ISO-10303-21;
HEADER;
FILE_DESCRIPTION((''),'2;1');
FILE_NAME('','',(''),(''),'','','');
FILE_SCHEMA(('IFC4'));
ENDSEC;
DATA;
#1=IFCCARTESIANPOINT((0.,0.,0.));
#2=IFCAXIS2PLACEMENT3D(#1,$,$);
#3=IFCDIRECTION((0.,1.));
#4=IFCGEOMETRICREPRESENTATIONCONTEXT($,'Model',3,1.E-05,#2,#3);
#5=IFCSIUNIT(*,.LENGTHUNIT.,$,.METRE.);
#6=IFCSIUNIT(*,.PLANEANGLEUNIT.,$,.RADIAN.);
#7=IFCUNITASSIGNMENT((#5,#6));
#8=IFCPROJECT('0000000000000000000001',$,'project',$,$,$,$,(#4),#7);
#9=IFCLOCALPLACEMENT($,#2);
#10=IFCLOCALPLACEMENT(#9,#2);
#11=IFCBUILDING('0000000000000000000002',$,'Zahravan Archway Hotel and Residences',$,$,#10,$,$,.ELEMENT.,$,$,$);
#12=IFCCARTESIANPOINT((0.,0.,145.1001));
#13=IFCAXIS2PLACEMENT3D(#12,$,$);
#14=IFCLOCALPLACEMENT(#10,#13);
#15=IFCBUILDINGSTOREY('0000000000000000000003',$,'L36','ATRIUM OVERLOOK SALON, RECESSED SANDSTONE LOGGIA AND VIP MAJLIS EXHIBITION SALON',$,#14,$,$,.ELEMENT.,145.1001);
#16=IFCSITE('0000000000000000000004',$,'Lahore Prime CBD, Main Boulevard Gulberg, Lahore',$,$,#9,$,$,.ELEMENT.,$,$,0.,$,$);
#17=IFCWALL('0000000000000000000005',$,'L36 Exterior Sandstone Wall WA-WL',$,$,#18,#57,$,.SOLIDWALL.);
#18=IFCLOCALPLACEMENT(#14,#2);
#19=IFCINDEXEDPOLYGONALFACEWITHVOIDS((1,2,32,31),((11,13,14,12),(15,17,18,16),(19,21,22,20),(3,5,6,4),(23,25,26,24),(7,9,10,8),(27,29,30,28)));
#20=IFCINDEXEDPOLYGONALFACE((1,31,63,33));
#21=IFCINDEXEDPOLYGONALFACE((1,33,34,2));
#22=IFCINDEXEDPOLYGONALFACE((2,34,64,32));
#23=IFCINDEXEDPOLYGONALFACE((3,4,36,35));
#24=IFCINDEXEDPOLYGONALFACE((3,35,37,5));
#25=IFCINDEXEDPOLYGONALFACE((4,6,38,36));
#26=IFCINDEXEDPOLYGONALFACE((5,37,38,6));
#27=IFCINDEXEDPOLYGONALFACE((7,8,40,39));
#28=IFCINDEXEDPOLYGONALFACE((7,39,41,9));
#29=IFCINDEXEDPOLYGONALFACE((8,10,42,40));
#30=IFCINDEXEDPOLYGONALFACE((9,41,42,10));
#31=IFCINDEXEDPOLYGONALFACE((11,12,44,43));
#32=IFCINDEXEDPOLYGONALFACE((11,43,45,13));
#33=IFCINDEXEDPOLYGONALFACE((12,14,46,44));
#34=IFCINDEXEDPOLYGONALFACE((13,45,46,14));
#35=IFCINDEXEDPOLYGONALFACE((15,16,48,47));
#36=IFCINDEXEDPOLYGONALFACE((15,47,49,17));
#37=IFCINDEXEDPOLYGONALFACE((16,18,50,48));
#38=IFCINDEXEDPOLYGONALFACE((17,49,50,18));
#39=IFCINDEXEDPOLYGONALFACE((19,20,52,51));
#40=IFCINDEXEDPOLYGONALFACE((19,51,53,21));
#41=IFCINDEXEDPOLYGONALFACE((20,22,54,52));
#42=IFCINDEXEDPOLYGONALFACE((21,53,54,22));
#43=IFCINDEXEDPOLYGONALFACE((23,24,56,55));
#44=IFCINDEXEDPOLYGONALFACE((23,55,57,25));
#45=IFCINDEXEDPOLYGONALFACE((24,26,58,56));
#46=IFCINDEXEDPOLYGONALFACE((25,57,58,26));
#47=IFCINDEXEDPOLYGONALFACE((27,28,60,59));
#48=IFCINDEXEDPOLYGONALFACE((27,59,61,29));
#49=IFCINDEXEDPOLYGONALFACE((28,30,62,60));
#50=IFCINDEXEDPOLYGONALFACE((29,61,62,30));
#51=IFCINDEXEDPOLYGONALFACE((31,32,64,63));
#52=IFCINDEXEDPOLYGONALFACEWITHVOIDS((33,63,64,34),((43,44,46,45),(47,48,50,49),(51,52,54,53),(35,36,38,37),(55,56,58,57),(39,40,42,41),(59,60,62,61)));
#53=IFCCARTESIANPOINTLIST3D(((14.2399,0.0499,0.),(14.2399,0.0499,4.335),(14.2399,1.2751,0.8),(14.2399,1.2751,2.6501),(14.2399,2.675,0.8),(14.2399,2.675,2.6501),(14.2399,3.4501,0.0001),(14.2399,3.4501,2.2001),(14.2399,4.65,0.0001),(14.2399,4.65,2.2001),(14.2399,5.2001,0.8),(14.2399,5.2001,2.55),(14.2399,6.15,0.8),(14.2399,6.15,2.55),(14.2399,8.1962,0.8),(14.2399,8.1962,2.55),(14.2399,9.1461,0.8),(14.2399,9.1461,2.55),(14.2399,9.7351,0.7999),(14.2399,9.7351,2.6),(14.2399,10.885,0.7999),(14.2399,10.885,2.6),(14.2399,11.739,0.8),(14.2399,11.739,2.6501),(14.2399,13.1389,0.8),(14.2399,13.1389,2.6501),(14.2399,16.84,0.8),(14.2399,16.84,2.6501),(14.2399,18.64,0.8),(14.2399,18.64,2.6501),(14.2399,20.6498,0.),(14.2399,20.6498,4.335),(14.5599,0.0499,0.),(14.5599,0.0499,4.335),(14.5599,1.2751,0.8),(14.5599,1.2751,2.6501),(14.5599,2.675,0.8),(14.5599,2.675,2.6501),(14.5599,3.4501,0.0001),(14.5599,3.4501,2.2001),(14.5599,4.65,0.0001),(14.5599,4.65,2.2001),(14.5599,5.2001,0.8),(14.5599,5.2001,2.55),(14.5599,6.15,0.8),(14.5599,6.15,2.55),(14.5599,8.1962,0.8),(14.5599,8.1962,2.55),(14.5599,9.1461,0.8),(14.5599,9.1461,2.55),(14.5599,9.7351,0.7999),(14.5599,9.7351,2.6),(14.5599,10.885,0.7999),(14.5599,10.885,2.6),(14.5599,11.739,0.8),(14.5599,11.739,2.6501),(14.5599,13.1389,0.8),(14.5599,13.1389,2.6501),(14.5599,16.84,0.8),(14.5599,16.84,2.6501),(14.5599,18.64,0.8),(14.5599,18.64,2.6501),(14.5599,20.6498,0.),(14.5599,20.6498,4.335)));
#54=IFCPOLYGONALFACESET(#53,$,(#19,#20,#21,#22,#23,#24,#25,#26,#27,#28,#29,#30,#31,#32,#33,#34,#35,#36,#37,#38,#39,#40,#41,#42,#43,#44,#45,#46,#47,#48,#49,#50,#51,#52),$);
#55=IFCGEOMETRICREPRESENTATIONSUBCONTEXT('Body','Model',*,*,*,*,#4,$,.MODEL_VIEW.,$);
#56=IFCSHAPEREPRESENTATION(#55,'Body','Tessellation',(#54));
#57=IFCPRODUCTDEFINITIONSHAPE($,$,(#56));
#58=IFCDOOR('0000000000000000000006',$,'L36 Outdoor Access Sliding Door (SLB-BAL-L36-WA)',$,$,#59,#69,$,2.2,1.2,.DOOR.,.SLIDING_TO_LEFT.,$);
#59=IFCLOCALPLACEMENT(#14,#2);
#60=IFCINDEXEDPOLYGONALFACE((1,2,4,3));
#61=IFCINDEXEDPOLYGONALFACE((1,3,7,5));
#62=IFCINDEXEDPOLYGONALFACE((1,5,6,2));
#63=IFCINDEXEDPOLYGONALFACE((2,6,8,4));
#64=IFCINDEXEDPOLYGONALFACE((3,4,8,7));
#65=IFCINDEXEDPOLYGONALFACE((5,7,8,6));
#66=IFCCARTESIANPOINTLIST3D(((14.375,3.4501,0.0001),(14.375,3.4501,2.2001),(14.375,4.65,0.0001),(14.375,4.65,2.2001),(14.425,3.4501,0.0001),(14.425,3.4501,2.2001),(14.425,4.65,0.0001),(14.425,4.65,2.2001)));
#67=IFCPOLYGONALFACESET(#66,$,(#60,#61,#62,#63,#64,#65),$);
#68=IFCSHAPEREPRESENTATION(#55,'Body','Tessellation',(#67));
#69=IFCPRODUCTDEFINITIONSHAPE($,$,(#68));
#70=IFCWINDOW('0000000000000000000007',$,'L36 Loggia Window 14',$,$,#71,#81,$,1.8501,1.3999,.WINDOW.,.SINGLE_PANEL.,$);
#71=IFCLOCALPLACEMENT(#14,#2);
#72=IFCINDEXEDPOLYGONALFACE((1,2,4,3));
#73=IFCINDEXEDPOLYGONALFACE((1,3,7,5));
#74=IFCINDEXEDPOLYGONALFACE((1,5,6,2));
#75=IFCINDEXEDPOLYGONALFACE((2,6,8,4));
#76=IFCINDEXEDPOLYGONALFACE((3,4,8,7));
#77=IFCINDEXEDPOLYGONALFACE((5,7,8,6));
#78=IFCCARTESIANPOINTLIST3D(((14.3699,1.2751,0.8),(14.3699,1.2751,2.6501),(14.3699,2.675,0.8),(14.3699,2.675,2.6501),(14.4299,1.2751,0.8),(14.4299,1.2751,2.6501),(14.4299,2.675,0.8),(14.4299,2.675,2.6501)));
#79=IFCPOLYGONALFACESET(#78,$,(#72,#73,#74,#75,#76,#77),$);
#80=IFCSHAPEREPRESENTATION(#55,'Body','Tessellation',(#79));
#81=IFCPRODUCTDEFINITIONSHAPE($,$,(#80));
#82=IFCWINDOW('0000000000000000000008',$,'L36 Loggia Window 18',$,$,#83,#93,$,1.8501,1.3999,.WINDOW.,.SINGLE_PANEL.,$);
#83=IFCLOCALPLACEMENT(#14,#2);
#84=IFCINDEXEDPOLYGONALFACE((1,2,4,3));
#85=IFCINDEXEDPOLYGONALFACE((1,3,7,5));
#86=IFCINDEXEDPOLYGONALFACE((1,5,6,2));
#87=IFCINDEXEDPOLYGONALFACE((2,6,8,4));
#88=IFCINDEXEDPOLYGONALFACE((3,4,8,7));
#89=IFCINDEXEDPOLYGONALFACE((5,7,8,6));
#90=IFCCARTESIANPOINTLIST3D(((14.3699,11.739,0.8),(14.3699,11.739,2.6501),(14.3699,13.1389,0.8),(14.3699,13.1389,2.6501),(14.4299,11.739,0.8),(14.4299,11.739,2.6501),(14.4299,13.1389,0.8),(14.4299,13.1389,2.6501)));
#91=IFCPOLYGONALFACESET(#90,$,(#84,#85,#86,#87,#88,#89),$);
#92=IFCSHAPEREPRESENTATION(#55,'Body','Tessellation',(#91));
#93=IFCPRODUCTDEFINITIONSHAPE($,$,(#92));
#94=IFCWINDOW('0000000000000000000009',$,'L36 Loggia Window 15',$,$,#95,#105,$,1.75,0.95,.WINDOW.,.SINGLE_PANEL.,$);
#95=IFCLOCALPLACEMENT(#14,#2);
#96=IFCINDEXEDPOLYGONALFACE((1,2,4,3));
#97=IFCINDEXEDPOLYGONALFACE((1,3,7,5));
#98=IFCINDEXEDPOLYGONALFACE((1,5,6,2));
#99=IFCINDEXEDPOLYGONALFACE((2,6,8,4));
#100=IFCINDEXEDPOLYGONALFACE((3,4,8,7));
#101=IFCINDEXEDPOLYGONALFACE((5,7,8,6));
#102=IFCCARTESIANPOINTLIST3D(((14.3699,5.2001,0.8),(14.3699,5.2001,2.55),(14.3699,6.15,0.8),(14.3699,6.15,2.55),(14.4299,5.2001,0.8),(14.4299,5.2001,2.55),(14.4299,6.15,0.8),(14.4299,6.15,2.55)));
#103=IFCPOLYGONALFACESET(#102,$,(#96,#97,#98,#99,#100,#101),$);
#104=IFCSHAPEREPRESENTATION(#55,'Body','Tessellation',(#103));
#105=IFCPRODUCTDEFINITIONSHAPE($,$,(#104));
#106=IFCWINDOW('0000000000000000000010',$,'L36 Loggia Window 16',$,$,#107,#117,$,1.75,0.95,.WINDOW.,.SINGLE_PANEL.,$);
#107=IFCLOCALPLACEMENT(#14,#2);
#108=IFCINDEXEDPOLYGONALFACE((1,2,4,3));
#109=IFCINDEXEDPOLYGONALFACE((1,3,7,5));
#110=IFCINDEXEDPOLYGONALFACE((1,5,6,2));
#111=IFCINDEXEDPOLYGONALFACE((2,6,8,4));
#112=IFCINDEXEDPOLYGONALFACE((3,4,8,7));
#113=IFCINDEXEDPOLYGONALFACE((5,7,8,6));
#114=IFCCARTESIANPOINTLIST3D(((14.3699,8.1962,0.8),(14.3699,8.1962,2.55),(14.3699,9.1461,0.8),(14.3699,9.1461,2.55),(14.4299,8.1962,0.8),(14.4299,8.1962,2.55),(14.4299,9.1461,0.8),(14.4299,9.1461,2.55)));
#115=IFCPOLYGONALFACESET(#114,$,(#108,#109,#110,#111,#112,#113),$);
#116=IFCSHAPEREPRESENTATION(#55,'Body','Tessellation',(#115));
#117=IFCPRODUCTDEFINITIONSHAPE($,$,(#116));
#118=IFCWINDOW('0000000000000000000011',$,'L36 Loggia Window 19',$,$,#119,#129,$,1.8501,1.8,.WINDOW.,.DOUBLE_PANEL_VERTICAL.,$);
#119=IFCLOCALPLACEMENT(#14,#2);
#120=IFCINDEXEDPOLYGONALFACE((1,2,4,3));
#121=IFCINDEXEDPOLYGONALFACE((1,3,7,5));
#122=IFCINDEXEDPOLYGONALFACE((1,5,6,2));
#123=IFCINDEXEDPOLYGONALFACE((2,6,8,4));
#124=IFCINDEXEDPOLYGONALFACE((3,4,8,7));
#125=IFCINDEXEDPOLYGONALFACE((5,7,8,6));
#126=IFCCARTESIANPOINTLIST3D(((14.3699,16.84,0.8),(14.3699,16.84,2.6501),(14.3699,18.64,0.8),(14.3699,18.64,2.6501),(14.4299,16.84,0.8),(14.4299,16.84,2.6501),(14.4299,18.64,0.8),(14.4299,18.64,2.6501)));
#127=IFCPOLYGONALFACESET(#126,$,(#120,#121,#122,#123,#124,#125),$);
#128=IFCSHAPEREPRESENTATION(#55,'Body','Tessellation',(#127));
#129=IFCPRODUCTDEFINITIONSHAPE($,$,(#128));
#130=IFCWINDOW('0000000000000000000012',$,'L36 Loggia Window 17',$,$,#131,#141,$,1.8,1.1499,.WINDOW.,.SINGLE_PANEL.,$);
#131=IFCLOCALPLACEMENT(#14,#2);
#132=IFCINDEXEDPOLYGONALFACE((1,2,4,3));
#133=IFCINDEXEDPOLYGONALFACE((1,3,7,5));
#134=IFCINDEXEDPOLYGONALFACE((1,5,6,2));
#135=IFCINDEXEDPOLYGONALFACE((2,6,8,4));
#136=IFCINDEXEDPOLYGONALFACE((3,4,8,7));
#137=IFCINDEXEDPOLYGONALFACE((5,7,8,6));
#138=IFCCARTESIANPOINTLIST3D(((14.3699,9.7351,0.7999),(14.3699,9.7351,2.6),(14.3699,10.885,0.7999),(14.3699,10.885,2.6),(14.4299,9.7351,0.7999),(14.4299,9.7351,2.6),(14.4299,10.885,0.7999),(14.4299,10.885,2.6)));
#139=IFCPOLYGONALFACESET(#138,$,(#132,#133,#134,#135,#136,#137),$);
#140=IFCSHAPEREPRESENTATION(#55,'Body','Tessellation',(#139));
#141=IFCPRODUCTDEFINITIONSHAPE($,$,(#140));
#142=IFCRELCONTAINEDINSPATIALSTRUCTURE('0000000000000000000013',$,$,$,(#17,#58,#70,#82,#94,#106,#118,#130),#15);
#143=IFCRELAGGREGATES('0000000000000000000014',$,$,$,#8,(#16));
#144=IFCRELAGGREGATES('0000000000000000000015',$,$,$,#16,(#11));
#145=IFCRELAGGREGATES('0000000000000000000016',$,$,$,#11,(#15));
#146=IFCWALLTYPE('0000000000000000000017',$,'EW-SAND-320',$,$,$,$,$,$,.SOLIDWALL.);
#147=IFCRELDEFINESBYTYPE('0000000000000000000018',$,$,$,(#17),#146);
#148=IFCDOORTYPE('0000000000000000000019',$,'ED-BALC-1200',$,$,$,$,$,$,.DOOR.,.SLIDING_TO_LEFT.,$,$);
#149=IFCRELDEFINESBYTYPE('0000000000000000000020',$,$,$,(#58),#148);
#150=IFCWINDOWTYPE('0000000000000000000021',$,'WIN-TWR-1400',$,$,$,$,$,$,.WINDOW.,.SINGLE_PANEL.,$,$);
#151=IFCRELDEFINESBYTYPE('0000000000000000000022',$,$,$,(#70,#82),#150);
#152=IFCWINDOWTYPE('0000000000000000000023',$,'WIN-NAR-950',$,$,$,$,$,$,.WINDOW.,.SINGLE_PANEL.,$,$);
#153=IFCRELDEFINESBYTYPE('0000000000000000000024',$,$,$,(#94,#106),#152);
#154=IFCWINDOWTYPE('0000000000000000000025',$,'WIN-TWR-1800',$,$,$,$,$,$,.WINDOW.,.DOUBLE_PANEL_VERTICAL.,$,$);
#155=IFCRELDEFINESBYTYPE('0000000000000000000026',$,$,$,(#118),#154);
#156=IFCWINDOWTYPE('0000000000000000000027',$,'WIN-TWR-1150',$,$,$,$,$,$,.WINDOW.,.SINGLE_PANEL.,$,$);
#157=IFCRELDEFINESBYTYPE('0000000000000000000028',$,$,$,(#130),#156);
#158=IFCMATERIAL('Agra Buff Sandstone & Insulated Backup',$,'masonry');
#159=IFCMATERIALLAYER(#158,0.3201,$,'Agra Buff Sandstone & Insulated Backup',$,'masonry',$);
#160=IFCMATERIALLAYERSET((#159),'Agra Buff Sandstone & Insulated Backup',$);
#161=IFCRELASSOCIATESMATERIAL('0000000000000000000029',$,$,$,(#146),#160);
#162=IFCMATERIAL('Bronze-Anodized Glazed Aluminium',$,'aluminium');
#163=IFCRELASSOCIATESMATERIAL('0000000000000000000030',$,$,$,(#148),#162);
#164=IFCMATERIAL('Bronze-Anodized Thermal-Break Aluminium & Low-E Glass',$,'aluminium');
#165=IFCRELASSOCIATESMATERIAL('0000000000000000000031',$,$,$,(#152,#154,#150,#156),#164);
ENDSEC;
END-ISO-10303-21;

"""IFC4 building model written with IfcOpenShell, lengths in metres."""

from ifc_helpers import new_model, si_unit, direction, frame, frame_2d, origin, place, context, subcontext, project, spatial, rectangle, extrude, source, transform, mapped, material, layer, layer_set, type_object, type_shapes, element, fill, save


model = new_model("IFC4")

# Units and contexts
model_context = context("Model", 3, precision=1e-05, world=origin(), true_north=direction((0.0, 1.0)))
body_context = subcontext(model_context, "Body", "Model", "MODEL_VIEW")
ifc_project = project(units=[si_unit("LENGTHUNIT", "METRE"), si_unit("PLANEANGLEUNIT", "RADIAN")], contexts=[model_context])

# Site, building, storey
site_placement = place(None, origin())
site = spatial("IfcSite", under=ifc_project, at=site_placement, Name="Lahore Prime CBD, Main Boulevard Gulberg, Lahore", CompositionType="ELEMENT", RefElevation=0.0)
building_placement = place(site_placement, origin())
building = spatial("IfcBuilding", under=site, at=building_placement, Name="Zahravan Archway Hotel and Residences", CompositionType="ELEMENT")
storey_placement = place(building_placement, frame((0.0, 0.0, 145.1001)))
storey = spatial("IfcBuildingStorey", under=building, at=storey_placement, Name="L36", Description="ATRIUM OVERLOOK SALON, RECESSED SANDSTONE LOGGIA AND VIP MAJLIS EXHIBITION SALON", CompositionType="ELEMENT", Elevation=145.1001)

# Wall, openings, door, windows
ifc_material_1 = material(Name="Agra Buff Sandstone & Insulated Backup", Category="masonry")
ifc_layer = layer(ifc_material_1, 0.3201, Name="Agra Buff Sandstone & Insulated Backup", Category="masonry")
ifc_layer_set = layer_set([ifc_layer], Name="Agra Buff Sandstone & Insulated Backup")
wall_type = type_object("IfcWallType", Name="EW-SAND-320", PredefinedType="SOLIDWALL", material=ifc_layer_set)
ifc_material_2 = material(Name="Bronze-Anodized Glazed Aluminium", Category="aluminium")
door_type = type_object("IfcDoorType", Name="ED-BALC-1200", OperationType="SLIDING_TO_LEFT", PredefinedType="DOOR", material=ifc_material_2)
shared_shape_1 = source(origin(), body_context, "Body", "SweptSolid", [
    extrude(rectangle(XDim=1.2, YDim=2.2, at=frame_2d((0.6001, 1.1001))), frame((0.0, 0.0249, 0.0), z_axis=(0.0, -1.0, 0.0), x_axis=(1.0, 0.0, 0.0)), (0.0, 0.0, 1.0), 0.05),
])
type_shapes(door_type, [shared_shape_1])
ifc_material_3 = material(Name="Bronze-Anodized Thermal-Break Aluminium & Low-E Glass", Category="aluminium")
window_type_1 = type_object("IfcWindowType", Name="WIN-NAR-950", PartitioningType="SINGLE_PANEL", PredefinedType="WINDOW", material=ifc_material_3)
shared_shape_2 = source(origin(), body_context, "Body", "SweptSolid", [
    extrude(rectangle(XDim=0.95, YDim=1.75, at=frame_2d((0.4751, 0.875))), frame((0.0, 0.03, 0.0), z_axis=(0.0, -1.0, 0.0), x_axis=(1.0, 0.0, 0.0)), (0.0, 0.0, 1.0), 0.0601),
])
type_shapes(window_type_1, [shared_shape_2])
window_type_2 = type_object("IfcWindowType", Name="WIN-TWR-1800", PartitioningType="DOUBLE_PANEL_VERTICAL", PredefinedType="WINDOW", material=ifc_material_3)
shared_shape_3 = source(origin(), body_context, "Body", "SweptSolid", [
    extrude(rectangle(XDim=1.8, YDim=1.8501, at=frame_2d((0.8999, 0.925))), frame((0.0, 0.03, 0.0), z_axis=(0.0, -1.0, 0.0), x_axis=(1.0, 0.0, 0.0)), (0.0, 0.0, 1.0), 0.0601),
])
type_shapes(window_type_2, [shared_shape_3])
wall_1_placement = place(storey_placement, frame((14.3999, 0.05, 0.0), z_axis=(0.0, 0.0, 1.0), x_axis=(0.0, 1.0, 0.0)))
wall_1 = element("IfcWall", 1, at=wall_1_placement, inside=storey, type_object=wall_type, Name="L36 Exterior Sandstone Wall WA-WL", PredefinedType="SOLIDWALL", context=body_context, shape_type="SweptSolid", body=[
    extrude(rectangle(XDim=20.5999, YDim=0.3201, at=frame_2d((10.2998, 0.0))), origin(), (0.0, 0.0, 1.0), 4.335),
])
opening_1_placement = place(wall_1_placement, frame((3.3999, 0.0, 0.0)))
opening_1 = element("IfcOpeningElement", 2, at=opening_1_placement, cuts=wall_1, PredefinedType="OPENING", context=body_context, shape_type="SweptSolid", body=[
    extrude(rectangle(XDim=1.2, YDim=2.2, at=frame_2d((0.6001, 1.1001))), frame((0.0, 0.1699, 0.0), z_axis=(0.0, -1.0, 0.0), x_axis=(1.0, 0.0, 0.0)), (0.0, 0.0, 1.0), 0.3401),
])
opening_2_placement = place(wall_1_placement, frame((1.2251, 0.0, 0.8)))
opening_2 = element("IfcOpeningElement", 3, at=opening_2_placement, cuts=wall_1, PredefinedType="OPENING", context=body_context, shape_type="SweptSolid", body=[
    extrude(rectangle(XDim=1.3999, YDim=1.8501, at=frame_2d((0.7, 0.925))), frame((0.0, 0.1699, 0.0), z_axis=(0.0, -1.0, 0.0), x_axis=(1.0, 0.0, 0.0)), (0.0, 0.0, 1.0), 0.3401),
])
opening_3_placement = place(wall_1_placement, frame((5.1499, 0.0, 0.8)))
opening_3 = element("IfcOpeningElement", 4, at=opening_3_placement, cuts=wall_1, PredefinedType="OPENING", context=body_context, shape_type="SweptSolid", body=[
    extrude(rectangle(XDim=0.95, YDim=1.75, at=frame_2d((0.4751, 0.875))), frame((0.0, 0.1699, 0.0), z_axis=(0.0, -1.0, 0.0), x_axis=(1.0, 0.0, 0.0)), (0.0, 0.0, 1.0), 0.3401),
])
opening_4_placement = place(wall_1_placement, frame((8.146, 0.0, 0.8)))
opening_4 = element("IfcOpeningElement", 5, at=opening_4_placement, cuts=wall_1, PredefinedType="OPENING", context=body_context, shape_type="SweptSolid", body=[
    extrude(rectangle(XDim=0.95, YDim=1.75, at=frame_2d((0.4751, 0.875))), frame((0.0, 0.1699, 0.0), z_axis=(0.0, -1.0, 0.0), x_axis=(1.0, 0.0, 0.0)), (0.0, 0.0, 1.0), 0.3401),
])
opening_5_placement = place(wall_1_placement, frame((9.6851, 0.0, 0.8)))
opening_5 = element("IfcOpeningElement", 6, at=opening_5_placement, cuts=wall_1, PredefinedType="OPENING", context=body_context, shape_type="SweptSolid", body=[
    extrude(rectangle(XDim=1.1499, YDim=1.8, at=frame_2d((0.575, 0.8999))), frame((0.0, 0.1699, 0.0), z_axis=(0.0, -1.0, 0.0), x_axis=(1.0, 0.0, 0.0)), (0.0, 0.0, 1.0), 0.3401),
])
opening_6_placement = place(wall_1_placement, frame((11.689, 0.0, 0.8)))
opening_6 = element("IfcOpeningElement", 7, at=opening_6_placement, cuts=wall_1, PredefinedType="OPENING", context=body_context, shape_type="SweptSolid", body=[
    extrude(rectangle(XDim=1.3999, YDim=1.8501, at=frame_2d((0.7, 0.925))), frame((0.0, 0.1699, 0.0), z_axis=(0.0, -1.0, 0.0), x_axis=(1.0, 0.0, 0.0)), (0.0, 0.0, 1.0), 0.3401),
])
opening_7_placement = place(wall_1_placement, frame((16.79, 0.0, 0.8)))
opening_7 = element("IfcOpeningElement", 8, at=opening_7_placement, cuts=wall_1, PredefinedType="OPENING", context=body_context, shape_type="SweptSolid", body=[
    extrude(rectangle(XDim=1.8, YDim=1.8501, at=frame_2d((0.8999, 0.925))), frame((0.0, 0.1699, 0.0), z_axis=(0.0, -1.0, 0.0), x_axis=(1.0, 0.0, 0.0)), (0.0, 0.0, 1.0), 0.3401),
])
door_1_placement = place(opening_1_placement, origin())
door_1 = element("IfcDoor", 9, at=door_1_placement, inside=storey, type_object=door_type, Name="L36 Outdoor Access Sliding Door (SLB-BAL-L36-WA)", OperationType="SLIDING_TO_LEFT", OverallHeight=2.2, OverallWidth=1.2, PredefinedType="DOOR", context=body_context, shape_type="MappedRepresentation", body=[
    mapped(shared_shape_1, transform((0.0, 0.0, 0.0), scale=1.0)),
])
fill(opening_1, door_1)
window_type_3 = type_object("IfcWindowType", Name="WIN-TWR-1400", PartitioningType="SINGLE_PANEL", PredefinedType="WINDOW", material=ifc_material_3)
shared_shape_4 = source(origin(), body_context, "Body", "SweptSolid", [
    extrude(rectangle(XDim=1.3999, YDim=1.8501, at=frame_2d((0.7, 0.925))), frame((0.0, 0.03, 0.0), z_axis=(0.0, -1.0, 0.0), x_axis=(1.0, 0.0, 0.0)), (0.0, 0.0, 1.0), 0.0601),
])
type_shapes(window_type_3, [shared_shape_4])
window_1_placement = place(opening_2_placement, origin())
window_1 = element("IfcWindow", 10, at=window_1_placement, inside=storey, type_object=window_type_3, Name="L36 Loggia Window 14", OverallHeight=1.8501, OverallWidth=1.3999, PartitioningType="SINGLE_PANEL", PredefinedType="WINDOW", context=body_context, shape_type="MappedRepresentation", body=[
    mapped(shared_shape_4, transform((0.0, 0.0, 0.0), scale=1.0)),
])
fill(opening_2, window_1)
window_2_placement = place(opening_6_placement, origin())
window_2 = element("IfcWindow", 11, at=window_2_placement, inside=storey, type_object=window_type_3, Name="L36 Loggia Window 18", OverallHeight=1.8501, OverallWidth=1.3999, PartitioningType="SINGLE_PANEL", PredefinedType="WINDOW", context=body_context, shape_type="MappedRepresentation", body=[
    mapped(shared_shape_4, transform((0.0, 0.0, 0.0), scale=1.0)),
])
fill(opening_6, window_2)
window_3_placement = place(opening_3_placement, origin())
window_3 = element("IfcWindow", 12, at=window_3_placement, inside=storey, type_object=window_type_1, Name="L36 Loggia Window 15", OverallHeight=1.75, OverallWidth=0.95, PartitioningType="SINGLE_PANEL", PredefinedType="WINDOW", context=body_context, shape_type="MappedRepresentation", body=[
    mapped(shared_shape_2, transform((0.0, 0.0, 0.0), scale=1.0)),
])
fill(opening_3, window_3)
window_4_placement = place(opening_4_placement, origin())
window_4 = element("IfcWindow", 13, at=window_4_placement, inside=storey, type_object=window_type_1, Name="L36 Loggia Window 16", OverallHeight=1.75, OverallWidth=0.95, PartitioningType="SINGLE_PANEL", PredefinedType="WINDOW", context=body_context, shape_type="MappedRepresentation", body=[
    mapped(shared_shape_2, transform((0.0, 0.0, 0.0), scale=1.0)),
])
fill(opening_4, window_4)
window_5_placement = place(opening_7_placement, origin())
window_5 = element("IfcWindow", 14, at=window_5_placement, inside=storey, type_object=window_type_2, Name="L36 Loggia Window 19", OverallHeight=1.8501, OverallWidth=1.8, PartitioningType="DOUBLE_PANEL_VERTICAL", PredefinedType="WINDOW", context=body_context, shape_type="MappedRepresentation", body=[
    mapped(shared_shape_3, transform((0.0, 0.0, 0.0), scale=1.0)),
])
fill(opening_7, window_5)
window_type_4 = type_object("IfcWindowType", Name="WIN-TWR-1150", PartitioningType="SINGLE_PANEL", PredefinedType="WINDOW", material=ifc_material_3)
shared_shape_5 = source(origin(), body_context, "Body", "SweptSolid", [
    extrude(rectangle(XDim=1.1499, YDim=1.8, at=frame_2d((0.575, 0.8999))), frame((0.0, 0.03, 0.0), z_axis=(0.0, -1.0, 0.0), x_axis=(1.0, 0.0, 0.0)), (0.0, 0.0, 1.0), 0.0601),
])
type_shapes(window_type_4, [shared_shape_5])
window_6_placement = place(opening_5_placement, origin())
window_6 = element("IfcWindow", 15, at=window_6_placement, inside=storey, type_object=window_type_4, Name="L36 Loggia Window 17", OverallHeight=1.8, OverallWidth=1.1499, PartitioningType="SINGLE_PANEL", PredefinedType="WINDOW", context=body_context, shape_type="MappedRepresentation", body=[
    mapped(shared_shape_5, transform((0.0, 0.0, 0.0), scale=1.0)),
])
fill(opening_5, window_6)

save(model, "model.ifc")
